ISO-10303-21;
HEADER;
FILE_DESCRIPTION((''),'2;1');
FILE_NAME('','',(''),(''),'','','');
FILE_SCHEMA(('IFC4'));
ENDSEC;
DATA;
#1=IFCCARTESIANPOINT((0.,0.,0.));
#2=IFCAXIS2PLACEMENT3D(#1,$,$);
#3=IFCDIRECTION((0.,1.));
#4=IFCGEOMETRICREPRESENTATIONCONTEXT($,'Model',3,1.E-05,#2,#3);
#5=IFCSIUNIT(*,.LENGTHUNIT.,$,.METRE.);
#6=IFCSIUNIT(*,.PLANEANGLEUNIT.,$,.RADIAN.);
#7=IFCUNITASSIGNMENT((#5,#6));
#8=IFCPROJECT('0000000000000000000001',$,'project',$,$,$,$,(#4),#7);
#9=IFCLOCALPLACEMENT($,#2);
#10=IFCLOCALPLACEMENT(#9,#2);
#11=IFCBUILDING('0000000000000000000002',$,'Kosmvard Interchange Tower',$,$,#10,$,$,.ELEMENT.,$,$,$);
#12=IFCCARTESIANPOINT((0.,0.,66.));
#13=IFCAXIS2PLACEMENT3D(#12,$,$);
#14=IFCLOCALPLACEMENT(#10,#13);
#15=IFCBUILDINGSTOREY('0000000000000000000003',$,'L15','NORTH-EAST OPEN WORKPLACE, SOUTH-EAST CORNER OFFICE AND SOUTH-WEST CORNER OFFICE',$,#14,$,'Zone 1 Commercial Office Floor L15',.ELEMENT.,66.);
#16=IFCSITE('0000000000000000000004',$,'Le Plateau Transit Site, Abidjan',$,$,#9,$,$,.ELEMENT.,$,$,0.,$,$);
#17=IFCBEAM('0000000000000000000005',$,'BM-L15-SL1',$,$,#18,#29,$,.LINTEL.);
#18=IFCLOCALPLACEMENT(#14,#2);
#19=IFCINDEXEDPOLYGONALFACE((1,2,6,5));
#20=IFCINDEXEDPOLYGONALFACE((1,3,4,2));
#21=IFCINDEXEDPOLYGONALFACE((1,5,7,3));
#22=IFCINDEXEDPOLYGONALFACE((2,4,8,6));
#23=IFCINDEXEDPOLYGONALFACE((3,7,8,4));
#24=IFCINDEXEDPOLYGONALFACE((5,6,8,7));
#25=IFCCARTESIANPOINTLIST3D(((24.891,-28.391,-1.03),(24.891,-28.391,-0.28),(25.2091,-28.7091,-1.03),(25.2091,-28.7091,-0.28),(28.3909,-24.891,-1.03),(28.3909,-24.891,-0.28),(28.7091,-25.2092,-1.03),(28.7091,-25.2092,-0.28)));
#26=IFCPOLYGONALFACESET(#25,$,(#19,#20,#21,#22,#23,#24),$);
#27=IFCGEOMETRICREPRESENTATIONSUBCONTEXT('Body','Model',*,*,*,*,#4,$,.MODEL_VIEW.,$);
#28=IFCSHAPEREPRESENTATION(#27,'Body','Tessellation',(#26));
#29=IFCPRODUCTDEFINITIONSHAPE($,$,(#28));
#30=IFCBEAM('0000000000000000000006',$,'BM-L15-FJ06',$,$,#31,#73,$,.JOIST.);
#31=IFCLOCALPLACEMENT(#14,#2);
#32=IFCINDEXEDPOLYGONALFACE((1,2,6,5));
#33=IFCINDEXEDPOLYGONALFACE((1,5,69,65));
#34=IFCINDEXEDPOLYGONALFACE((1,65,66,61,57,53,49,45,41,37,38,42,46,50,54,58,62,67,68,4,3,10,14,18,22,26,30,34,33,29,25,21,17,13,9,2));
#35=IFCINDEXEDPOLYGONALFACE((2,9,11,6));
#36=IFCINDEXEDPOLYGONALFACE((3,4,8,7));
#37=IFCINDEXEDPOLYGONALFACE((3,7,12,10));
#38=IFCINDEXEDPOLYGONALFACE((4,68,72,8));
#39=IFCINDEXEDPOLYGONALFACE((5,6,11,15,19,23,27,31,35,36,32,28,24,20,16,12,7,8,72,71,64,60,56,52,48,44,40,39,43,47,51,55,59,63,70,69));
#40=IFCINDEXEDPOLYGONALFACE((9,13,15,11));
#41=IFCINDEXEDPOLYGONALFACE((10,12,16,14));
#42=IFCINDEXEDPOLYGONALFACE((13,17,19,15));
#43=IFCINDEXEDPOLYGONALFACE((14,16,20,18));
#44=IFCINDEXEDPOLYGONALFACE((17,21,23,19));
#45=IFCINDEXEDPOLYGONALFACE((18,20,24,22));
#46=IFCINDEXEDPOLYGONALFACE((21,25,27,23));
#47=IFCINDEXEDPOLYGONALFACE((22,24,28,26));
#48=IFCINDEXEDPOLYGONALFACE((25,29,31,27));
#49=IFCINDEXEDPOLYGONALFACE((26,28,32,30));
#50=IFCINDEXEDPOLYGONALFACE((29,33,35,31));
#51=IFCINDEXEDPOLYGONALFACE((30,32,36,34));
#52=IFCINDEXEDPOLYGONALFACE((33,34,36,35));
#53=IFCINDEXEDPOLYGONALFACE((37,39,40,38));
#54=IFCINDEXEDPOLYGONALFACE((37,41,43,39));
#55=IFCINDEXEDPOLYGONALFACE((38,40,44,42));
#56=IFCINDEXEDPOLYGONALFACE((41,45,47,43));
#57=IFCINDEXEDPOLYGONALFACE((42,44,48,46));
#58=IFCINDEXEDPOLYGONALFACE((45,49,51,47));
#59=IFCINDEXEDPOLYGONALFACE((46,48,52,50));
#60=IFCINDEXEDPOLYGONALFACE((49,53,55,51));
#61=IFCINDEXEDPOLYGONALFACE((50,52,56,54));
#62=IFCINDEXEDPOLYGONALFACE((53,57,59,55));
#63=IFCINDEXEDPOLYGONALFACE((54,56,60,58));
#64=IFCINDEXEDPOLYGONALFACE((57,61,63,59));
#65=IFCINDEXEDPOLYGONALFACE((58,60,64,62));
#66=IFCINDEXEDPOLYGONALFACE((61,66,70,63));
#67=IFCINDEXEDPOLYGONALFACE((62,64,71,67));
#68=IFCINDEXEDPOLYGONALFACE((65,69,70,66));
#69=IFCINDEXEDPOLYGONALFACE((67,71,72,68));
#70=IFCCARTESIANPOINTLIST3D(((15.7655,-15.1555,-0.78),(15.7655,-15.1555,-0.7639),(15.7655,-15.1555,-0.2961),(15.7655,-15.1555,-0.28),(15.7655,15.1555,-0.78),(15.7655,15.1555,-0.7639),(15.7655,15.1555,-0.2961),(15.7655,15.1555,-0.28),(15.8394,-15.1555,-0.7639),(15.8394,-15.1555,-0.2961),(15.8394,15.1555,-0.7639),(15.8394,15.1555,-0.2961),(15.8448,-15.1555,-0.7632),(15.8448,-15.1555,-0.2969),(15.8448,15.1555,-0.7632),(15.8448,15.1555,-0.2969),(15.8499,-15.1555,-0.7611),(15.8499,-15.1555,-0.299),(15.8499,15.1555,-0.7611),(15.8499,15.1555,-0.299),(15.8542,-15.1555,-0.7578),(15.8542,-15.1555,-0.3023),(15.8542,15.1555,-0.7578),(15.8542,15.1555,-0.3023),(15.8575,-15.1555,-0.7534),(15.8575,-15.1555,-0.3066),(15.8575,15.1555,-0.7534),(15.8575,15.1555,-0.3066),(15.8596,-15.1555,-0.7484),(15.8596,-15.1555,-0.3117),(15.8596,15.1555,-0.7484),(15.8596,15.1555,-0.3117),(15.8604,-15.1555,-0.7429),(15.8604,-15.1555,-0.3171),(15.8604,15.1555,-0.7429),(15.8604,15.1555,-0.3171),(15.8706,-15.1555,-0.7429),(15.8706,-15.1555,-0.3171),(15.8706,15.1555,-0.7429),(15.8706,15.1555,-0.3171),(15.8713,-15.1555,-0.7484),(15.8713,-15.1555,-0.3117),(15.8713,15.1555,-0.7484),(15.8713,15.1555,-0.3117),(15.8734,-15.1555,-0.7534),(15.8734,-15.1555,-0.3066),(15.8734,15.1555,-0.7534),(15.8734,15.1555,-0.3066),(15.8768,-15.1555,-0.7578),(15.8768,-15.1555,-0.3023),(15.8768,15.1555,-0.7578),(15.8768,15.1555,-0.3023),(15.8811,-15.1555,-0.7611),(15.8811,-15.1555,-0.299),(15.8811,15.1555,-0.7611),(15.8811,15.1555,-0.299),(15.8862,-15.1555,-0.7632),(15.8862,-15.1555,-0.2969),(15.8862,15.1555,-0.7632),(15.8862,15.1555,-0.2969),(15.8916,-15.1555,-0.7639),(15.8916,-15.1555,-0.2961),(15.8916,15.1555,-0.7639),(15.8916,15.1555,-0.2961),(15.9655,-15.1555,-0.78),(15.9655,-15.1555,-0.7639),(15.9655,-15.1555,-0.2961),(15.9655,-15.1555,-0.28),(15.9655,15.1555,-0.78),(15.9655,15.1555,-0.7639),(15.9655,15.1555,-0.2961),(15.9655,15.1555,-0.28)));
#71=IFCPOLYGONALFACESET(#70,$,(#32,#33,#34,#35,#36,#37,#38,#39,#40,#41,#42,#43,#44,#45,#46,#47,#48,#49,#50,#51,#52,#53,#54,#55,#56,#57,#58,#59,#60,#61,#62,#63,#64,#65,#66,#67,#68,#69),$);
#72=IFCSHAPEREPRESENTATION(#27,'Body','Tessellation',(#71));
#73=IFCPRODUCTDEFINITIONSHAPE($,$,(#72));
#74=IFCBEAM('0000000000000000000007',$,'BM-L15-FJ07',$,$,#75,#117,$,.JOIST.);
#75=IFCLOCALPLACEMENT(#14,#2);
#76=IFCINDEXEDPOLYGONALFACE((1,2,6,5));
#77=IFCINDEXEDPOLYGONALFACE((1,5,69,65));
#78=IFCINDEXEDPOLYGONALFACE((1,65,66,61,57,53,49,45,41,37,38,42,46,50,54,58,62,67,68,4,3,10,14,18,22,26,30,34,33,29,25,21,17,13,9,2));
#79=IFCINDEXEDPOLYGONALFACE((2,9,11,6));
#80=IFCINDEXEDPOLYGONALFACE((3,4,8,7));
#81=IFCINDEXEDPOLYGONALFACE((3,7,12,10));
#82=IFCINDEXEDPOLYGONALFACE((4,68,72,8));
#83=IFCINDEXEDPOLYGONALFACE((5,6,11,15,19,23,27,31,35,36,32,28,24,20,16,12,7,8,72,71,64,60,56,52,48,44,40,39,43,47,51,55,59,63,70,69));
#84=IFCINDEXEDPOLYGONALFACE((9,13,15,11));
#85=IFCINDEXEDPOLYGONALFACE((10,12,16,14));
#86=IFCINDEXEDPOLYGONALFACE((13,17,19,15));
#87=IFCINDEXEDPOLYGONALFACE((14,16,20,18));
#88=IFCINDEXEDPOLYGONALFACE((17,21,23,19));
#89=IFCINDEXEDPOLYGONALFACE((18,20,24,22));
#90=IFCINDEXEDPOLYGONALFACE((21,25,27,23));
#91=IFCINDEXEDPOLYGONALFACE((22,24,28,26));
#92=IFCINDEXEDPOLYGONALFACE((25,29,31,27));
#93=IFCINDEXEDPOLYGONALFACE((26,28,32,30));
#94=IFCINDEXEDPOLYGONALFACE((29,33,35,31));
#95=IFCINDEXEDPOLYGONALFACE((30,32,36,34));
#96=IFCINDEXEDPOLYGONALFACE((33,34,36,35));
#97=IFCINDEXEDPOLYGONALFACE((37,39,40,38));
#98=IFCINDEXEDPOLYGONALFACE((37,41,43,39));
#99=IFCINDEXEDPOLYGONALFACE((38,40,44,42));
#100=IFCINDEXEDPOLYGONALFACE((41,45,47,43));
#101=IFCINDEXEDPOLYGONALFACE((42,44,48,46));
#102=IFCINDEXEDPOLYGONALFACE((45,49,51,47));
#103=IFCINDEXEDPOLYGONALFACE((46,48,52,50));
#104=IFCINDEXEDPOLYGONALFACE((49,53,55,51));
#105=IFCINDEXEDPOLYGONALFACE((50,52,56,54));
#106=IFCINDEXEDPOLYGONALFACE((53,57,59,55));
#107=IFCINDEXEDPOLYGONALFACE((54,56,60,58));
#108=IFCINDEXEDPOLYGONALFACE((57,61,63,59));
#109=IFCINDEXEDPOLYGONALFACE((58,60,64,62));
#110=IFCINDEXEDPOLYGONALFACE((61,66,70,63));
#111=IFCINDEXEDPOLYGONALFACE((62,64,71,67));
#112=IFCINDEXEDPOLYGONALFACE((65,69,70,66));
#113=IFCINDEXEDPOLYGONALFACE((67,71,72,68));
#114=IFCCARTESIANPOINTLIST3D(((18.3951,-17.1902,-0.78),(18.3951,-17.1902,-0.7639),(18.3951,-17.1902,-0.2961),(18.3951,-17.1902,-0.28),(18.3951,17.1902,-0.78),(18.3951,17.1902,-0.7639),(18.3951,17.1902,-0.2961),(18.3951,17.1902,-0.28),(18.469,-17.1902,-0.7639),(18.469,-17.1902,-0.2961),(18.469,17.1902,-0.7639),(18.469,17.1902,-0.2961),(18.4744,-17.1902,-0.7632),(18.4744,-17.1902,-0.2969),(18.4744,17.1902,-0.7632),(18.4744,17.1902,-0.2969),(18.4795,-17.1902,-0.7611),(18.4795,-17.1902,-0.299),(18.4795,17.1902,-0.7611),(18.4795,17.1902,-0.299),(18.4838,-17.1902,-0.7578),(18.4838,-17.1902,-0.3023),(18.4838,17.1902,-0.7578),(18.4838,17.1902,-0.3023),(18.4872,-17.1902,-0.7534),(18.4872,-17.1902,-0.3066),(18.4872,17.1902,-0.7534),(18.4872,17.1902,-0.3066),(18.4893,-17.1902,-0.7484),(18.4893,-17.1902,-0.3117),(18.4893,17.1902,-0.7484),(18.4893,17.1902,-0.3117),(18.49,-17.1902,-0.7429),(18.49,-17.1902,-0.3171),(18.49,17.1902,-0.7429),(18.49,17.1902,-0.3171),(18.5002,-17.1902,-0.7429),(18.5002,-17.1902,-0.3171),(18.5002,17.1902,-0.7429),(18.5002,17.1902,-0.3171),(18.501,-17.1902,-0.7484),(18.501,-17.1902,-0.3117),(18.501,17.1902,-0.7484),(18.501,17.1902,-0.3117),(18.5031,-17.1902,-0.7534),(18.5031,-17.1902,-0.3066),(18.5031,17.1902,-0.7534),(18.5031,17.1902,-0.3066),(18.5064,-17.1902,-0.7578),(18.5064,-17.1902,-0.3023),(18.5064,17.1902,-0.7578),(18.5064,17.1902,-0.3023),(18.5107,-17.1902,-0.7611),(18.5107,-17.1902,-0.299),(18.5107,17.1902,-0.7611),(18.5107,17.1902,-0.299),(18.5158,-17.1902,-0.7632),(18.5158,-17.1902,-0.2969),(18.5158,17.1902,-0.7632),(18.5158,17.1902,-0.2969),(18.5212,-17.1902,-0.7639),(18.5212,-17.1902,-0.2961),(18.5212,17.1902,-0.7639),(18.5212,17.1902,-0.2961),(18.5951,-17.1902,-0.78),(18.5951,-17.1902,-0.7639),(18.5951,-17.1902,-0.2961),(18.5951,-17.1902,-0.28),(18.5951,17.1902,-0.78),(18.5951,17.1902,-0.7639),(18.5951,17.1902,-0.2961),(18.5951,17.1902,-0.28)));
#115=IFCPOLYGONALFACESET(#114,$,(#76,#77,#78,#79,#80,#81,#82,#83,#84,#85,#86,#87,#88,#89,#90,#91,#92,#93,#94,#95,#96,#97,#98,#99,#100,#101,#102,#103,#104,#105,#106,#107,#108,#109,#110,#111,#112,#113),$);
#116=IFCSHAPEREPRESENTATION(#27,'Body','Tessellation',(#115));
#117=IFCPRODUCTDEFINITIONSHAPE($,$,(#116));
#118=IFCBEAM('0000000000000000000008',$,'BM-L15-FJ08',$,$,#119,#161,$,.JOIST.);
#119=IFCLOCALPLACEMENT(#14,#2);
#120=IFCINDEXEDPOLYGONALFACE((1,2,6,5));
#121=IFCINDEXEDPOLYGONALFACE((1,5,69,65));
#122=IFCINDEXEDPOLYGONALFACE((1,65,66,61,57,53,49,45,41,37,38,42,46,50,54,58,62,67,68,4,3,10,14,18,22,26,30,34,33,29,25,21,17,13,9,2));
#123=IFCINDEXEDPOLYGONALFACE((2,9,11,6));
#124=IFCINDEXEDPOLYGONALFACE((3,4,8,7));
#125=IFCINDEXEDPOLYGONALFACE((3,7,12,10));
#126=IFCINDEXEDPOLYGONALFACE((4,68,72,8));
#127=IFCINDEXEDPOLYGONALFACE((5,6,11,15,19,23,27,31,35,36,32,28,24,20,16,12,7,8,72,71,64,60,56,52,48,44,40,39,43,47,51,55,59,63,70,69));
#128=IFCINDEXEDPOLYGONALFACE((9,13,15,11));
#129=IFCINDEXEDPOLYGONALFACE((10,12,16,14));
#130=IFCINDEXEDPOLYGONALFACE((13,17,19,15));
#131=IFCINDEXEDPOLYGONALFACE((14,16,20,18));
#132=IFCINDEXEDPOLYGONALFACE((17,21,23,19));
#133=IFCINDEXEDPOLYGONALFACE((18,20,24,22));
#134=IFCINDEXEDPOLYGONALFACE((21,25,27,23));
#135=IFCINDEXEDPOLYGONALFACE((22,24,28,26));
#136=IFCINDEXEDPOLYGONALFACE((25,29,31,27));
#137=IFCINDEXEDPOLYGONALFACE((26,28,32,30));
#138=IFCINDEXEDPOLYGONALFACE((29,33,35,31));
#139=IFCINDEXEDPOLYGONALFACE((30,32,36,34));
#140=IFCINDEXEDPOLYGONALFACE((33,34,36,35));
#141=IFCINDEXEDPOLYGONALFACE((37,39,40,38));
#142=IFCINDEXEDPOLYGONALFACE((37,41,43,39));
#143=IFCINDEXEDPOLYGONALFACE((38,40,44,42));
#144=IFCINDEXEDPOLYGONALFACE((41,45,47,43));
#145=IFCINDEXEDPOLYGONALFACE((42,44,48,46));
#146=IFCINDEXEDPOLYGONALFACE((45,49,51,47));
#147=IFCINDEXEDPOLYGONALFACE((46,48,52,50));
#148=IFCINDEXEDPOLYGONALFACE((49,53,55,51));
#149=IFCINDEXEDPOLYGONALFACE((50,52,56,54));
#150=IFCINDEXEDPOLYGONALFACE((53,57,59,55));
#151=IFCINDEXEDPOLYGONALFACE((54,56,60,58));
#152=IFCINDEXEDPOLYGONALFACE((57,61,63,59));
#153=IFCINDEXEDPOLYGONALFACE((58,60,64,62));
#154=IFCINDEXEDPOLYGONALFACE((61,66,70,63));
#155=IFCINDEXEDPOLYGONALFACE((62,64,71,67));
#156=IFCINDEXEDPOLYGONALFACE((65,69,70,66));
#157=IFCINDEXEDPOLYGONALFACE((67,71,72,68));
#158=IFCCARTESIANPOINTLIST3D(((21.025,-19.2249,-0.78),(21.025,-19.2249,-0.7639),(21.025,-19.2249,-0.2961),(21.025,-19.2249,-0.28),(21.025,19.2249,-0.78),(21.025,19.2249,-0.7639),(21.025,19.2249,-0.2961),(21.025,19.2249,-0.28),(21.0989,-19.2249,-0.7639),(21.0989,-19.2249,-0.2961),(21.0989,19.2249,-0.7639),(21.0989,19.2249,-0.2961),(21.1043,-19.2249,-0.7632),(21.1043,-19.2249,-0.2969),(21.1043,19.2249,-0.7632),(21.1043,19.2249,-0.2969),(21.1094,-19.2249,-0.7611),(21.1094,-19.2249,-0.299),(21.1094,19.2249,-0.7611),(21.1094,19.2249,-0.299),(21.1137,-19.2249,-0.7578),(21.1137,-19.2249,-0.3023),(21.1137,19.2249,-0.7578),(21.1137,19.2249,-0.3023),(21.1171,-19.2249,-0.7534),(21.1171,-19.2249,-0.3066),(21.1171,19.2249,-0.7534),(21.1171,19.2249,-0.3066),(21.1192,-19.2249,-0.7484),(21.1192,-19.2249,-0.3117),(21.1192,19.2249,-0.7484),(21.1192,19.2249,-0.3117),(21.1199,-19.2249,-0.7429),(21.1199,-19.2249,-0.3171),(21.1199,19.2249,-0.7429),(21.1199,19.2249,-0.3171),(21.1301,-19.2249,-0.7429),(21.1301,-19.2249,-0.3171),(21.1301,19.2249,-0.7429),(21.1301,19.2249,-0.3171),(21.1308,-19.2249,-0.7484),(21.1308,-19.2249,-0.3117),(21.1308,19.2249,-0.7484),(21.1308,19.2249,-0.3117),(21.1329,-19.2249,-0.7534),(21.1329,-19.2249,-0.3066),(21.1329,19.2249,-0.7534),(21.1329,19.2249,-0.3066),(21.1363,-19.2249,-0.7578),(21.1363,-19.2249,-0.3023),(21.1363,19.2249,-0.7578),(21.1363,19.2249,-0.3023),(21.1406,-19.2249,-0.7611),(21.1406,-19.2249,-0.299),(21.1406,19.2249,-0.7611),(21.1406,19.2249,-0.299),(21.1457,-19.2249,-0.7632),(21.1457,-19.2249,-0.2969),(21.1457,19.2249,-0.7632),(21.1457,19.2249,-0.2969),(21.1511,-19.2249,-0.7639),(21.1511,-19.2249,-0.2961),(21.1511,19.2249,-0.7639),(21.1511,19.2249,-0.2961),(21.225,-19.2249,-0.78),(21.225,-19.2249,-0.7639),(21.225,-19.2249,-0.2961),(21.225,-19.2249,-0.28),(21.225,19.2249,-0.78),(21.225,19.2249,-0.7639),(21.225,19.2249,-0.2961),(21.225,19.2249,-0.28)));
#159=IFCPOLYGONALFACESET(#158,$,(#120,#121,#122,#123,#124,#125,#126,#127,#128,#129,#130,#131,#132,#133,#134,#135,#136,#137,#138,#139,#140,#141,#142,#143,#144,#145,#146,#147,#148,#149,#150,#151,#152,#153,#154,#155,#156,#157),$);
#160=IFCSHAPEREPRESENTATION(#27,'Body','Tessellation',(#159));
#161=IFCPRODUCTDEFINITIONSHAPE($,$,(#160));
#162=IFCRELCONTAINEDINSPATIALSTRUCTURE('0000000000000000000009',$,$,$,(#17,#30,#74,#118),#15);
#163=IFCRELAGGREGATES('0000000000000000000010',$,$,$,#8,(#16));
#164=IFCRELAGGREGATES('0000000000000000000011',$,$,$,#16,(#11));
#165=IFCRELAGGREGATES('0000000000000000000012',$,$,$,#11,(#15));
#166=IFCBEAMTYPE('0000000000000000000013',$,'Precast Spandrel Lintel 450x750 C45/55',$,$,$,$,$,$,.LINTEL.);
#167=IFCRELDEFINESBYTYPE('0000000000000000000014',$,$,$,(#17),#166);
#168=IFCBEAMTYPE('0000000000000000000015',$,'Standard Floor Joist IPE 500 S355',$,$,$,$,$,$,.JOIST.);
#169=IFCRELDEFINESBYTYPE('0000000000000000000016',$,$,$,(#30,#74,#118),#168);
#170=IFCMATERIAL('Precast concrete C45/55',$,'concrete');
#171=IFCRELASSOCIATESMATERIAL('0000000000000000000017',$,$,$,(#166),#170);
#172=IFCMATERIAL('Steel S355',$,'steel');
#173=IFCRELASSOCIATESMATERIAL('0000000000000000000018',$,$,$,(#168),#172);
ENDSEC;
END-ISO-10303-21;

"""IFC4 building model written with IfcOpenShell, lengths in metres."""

from ifc_helpers import new_model, si_unit, direction, frame, origin, origin_2d, place, context, subcontext, project, spatial, rectangle, i_section, extrude, source, transform, mapped, material, material_profile, profile_set, type_object, element, save


model = new_model("IFC4")

# Units and contexts
model_context = context("Model", 3, precision=1e-05, world=origin(), true_north=direction((0.0, 1.0)))
body_context = subcontext(model_context, "Body", "Model", "MODEL_VIEW")
ifc_project = project(units=[si_unit("LENGTHUNIT", "METRE"), si_unit("PLANEANGLEUNIT", "RADIAN")], contexts=[model_context])

# Site, building, storey
site_placement = place(None, origin())
site = spatial("IfcSite", under=ifc_project, at=site_placement, Name="Le Plateau Transit Site, Abidjan", CompositionType="ELEMENT", RefElevation=0.0)
building_placement = place(site_placement, origin())
building = spatial("IfcBuilding", under=site, at=building_placement, Name="Kosmvard Interchange Tower", CompositionType="ELEMENT")
storey_placement = place(building_placement, frame((0.0, 0.0, 66.0)))
storey = spatial("IfcBuildingStorey", under=building, at=storey_placement, Name="L15", Description="NORTH-EAST OPEN WORKPLACE, SOUTH-EAST CORNER OFFICE AND SOUTH-WEST CORNER OFFICE", LongName="Zone 1 Commercial Office Floor L15", CompositionType="ELEMENT", Elevation=66.0)

# Beams
ifc_material_1 = material(Name="Steel S355", Category="steel")
ifc_material_2 = material(Name="Precast concrete C45/55", Category="concrete")
ifc_material_profile_1 = material_profile(ifc_material_2, rectangle(XDim=0.45, YDim=0.75, at=origin_2d()), Name="SL 450x750")
ifc_profile_set_1 = profile_set([ifc_material_profile_1], Name="Precast concrete C45/55")
beam_type_1 = type_object("IfcBeamType", Name="Precast Spandrel Lintel 450x750 C45/55", PredefinedType="LINTEL", material=ifc_profile_set_1)
shared_shape_1 = source(origin(), body_context, "Body", "SweptSolid", [
    extrude(rectangle(XDim=0.45, YDim=0.75, at=origin_2d()), origin(), (0.0, 0.0, 1.0), 4.9497),
])
beam_1_placement = place(storey_placement, frame((25.05, -28.55, -0.655), z_axis=(0.707107, 0.707107, 0.0), x_axis=(-0.707107, 0.707107, 0.0)))
element("IfcBeam", 1, at=beam_1_placement, inside=storey, type_object=beam_type_1, Name="BM-L15-SL1", PredefinedType="LINTEL", context=body_context, shape_type="MappedRepresentation", body=[
    mapped(shared_shape_1, transform((0.0, 0.0, 0.0), scale=1.0)),
])
ifc_material_profile_2 = material_profile(ifc_material_1, i_section(OverallWidth=0.2, OverallDepth=0.5, WebThickness=0.0103, FlangeThickness=0.0161, FilletRadius=0.021, at=origin_2d()), Name="IPE 500")
ifc_profile_set_2 = profile_set([ifc_material_profile_2], Name="Steel S355")
beam_type_2 = type_object("IfcBeamType", Name="Standard Floor Joist IPE 500 S355", PredefinedType="JOIST", material=ifc_profile_set_2)
shared_shape_2 = source(origin(), body_context, "Body", "SweptSolid", [
    extrude(i_section(OverallWidth=0.2, OverallDepth=0.5, WebThickness=0.0103, FlangeThickness=0.0161, FilletRadius=0.021, at=origin_2d()), origin(), (0.0, 0.0, 1.0), 30.311),
])
beam_2_placement = place(storey_placement, frame((15.8655, -15.1555, -0.53), z_axis=(0.0, 1.0, 0.0), x_axis=(-1.0, 0.0, 0.0)))
element("IfcBeam", 2, at=beam_2_placement, inside=storey, type_object=beam_type_2, Name="BM-L15-FJ06", PredefinedType="JOIST", context=body_context, shape_type="MappedRepresentation", body=[
    mapped(shared_shape_2, transform((0.0, 0.0, 0.0), scale=1.0)),
])
shared_shape_3 = source(origin(), body_context, "Body", "SweptSolid", [
    extrude(i_section(OverallWidth=0.2, OverallDepth=0.5, WebThickness=0.0103, FlangeThickness=0.0161, FilletRadius=0.021, at=origin_2d()), origin(), (0.0, 0.0, 1.0), 34.3804),
])
beam_3_placement = place(storey_placement, frame((18.4951, -17.1902, -0.53), z_axis=(0.0, 1.0, 0.0), x_axis=(-1.0, 0.0, 0.0)))
element("IfcBeam", 3, at=beam_3_placement, inside=storey, type_object=beam_type_2, Name="BM-L15-FJ07", PredefinedType="JOIST", context=body_context, shape_type="MappedRepresentation", body=[
    mapped(shared_shape_3, transform((0.0, 0.0, 0.0), scale=1.0)),
])
shared_shape_4 = source(origin(), body_context, "Body", "SweptSolid", [
    extrude(i_section(OverallWidth=0.2, OverallDepth=0.5, WebThickness=0.0103, FlangeThickness=0.0161, FilletRadius=0.021, at=origin_2d()), origin(), (0.0, 0.0, 1.0), 38.4497),
])
beam_4_placement = place(storey_placement, frame((21.125, -19.2249, -0.53), z_axis=(0.0, 1.0, 0.0), x_axis=(-1.0, 0.0, 0.0)))
element("IfcBeam", 4, at=beam_4_placement, inside=storey, type_object=beam_type_2, Name="BM-L15-FJ08", PredefinedType="JOIST", context=body_context, shape_type="MappedRepresentation", body=[
    mapped(shared_shape_4, transform((0.0, 0.0, 0.0), scale=1.0)),
])

save(model, "model.ifc")
